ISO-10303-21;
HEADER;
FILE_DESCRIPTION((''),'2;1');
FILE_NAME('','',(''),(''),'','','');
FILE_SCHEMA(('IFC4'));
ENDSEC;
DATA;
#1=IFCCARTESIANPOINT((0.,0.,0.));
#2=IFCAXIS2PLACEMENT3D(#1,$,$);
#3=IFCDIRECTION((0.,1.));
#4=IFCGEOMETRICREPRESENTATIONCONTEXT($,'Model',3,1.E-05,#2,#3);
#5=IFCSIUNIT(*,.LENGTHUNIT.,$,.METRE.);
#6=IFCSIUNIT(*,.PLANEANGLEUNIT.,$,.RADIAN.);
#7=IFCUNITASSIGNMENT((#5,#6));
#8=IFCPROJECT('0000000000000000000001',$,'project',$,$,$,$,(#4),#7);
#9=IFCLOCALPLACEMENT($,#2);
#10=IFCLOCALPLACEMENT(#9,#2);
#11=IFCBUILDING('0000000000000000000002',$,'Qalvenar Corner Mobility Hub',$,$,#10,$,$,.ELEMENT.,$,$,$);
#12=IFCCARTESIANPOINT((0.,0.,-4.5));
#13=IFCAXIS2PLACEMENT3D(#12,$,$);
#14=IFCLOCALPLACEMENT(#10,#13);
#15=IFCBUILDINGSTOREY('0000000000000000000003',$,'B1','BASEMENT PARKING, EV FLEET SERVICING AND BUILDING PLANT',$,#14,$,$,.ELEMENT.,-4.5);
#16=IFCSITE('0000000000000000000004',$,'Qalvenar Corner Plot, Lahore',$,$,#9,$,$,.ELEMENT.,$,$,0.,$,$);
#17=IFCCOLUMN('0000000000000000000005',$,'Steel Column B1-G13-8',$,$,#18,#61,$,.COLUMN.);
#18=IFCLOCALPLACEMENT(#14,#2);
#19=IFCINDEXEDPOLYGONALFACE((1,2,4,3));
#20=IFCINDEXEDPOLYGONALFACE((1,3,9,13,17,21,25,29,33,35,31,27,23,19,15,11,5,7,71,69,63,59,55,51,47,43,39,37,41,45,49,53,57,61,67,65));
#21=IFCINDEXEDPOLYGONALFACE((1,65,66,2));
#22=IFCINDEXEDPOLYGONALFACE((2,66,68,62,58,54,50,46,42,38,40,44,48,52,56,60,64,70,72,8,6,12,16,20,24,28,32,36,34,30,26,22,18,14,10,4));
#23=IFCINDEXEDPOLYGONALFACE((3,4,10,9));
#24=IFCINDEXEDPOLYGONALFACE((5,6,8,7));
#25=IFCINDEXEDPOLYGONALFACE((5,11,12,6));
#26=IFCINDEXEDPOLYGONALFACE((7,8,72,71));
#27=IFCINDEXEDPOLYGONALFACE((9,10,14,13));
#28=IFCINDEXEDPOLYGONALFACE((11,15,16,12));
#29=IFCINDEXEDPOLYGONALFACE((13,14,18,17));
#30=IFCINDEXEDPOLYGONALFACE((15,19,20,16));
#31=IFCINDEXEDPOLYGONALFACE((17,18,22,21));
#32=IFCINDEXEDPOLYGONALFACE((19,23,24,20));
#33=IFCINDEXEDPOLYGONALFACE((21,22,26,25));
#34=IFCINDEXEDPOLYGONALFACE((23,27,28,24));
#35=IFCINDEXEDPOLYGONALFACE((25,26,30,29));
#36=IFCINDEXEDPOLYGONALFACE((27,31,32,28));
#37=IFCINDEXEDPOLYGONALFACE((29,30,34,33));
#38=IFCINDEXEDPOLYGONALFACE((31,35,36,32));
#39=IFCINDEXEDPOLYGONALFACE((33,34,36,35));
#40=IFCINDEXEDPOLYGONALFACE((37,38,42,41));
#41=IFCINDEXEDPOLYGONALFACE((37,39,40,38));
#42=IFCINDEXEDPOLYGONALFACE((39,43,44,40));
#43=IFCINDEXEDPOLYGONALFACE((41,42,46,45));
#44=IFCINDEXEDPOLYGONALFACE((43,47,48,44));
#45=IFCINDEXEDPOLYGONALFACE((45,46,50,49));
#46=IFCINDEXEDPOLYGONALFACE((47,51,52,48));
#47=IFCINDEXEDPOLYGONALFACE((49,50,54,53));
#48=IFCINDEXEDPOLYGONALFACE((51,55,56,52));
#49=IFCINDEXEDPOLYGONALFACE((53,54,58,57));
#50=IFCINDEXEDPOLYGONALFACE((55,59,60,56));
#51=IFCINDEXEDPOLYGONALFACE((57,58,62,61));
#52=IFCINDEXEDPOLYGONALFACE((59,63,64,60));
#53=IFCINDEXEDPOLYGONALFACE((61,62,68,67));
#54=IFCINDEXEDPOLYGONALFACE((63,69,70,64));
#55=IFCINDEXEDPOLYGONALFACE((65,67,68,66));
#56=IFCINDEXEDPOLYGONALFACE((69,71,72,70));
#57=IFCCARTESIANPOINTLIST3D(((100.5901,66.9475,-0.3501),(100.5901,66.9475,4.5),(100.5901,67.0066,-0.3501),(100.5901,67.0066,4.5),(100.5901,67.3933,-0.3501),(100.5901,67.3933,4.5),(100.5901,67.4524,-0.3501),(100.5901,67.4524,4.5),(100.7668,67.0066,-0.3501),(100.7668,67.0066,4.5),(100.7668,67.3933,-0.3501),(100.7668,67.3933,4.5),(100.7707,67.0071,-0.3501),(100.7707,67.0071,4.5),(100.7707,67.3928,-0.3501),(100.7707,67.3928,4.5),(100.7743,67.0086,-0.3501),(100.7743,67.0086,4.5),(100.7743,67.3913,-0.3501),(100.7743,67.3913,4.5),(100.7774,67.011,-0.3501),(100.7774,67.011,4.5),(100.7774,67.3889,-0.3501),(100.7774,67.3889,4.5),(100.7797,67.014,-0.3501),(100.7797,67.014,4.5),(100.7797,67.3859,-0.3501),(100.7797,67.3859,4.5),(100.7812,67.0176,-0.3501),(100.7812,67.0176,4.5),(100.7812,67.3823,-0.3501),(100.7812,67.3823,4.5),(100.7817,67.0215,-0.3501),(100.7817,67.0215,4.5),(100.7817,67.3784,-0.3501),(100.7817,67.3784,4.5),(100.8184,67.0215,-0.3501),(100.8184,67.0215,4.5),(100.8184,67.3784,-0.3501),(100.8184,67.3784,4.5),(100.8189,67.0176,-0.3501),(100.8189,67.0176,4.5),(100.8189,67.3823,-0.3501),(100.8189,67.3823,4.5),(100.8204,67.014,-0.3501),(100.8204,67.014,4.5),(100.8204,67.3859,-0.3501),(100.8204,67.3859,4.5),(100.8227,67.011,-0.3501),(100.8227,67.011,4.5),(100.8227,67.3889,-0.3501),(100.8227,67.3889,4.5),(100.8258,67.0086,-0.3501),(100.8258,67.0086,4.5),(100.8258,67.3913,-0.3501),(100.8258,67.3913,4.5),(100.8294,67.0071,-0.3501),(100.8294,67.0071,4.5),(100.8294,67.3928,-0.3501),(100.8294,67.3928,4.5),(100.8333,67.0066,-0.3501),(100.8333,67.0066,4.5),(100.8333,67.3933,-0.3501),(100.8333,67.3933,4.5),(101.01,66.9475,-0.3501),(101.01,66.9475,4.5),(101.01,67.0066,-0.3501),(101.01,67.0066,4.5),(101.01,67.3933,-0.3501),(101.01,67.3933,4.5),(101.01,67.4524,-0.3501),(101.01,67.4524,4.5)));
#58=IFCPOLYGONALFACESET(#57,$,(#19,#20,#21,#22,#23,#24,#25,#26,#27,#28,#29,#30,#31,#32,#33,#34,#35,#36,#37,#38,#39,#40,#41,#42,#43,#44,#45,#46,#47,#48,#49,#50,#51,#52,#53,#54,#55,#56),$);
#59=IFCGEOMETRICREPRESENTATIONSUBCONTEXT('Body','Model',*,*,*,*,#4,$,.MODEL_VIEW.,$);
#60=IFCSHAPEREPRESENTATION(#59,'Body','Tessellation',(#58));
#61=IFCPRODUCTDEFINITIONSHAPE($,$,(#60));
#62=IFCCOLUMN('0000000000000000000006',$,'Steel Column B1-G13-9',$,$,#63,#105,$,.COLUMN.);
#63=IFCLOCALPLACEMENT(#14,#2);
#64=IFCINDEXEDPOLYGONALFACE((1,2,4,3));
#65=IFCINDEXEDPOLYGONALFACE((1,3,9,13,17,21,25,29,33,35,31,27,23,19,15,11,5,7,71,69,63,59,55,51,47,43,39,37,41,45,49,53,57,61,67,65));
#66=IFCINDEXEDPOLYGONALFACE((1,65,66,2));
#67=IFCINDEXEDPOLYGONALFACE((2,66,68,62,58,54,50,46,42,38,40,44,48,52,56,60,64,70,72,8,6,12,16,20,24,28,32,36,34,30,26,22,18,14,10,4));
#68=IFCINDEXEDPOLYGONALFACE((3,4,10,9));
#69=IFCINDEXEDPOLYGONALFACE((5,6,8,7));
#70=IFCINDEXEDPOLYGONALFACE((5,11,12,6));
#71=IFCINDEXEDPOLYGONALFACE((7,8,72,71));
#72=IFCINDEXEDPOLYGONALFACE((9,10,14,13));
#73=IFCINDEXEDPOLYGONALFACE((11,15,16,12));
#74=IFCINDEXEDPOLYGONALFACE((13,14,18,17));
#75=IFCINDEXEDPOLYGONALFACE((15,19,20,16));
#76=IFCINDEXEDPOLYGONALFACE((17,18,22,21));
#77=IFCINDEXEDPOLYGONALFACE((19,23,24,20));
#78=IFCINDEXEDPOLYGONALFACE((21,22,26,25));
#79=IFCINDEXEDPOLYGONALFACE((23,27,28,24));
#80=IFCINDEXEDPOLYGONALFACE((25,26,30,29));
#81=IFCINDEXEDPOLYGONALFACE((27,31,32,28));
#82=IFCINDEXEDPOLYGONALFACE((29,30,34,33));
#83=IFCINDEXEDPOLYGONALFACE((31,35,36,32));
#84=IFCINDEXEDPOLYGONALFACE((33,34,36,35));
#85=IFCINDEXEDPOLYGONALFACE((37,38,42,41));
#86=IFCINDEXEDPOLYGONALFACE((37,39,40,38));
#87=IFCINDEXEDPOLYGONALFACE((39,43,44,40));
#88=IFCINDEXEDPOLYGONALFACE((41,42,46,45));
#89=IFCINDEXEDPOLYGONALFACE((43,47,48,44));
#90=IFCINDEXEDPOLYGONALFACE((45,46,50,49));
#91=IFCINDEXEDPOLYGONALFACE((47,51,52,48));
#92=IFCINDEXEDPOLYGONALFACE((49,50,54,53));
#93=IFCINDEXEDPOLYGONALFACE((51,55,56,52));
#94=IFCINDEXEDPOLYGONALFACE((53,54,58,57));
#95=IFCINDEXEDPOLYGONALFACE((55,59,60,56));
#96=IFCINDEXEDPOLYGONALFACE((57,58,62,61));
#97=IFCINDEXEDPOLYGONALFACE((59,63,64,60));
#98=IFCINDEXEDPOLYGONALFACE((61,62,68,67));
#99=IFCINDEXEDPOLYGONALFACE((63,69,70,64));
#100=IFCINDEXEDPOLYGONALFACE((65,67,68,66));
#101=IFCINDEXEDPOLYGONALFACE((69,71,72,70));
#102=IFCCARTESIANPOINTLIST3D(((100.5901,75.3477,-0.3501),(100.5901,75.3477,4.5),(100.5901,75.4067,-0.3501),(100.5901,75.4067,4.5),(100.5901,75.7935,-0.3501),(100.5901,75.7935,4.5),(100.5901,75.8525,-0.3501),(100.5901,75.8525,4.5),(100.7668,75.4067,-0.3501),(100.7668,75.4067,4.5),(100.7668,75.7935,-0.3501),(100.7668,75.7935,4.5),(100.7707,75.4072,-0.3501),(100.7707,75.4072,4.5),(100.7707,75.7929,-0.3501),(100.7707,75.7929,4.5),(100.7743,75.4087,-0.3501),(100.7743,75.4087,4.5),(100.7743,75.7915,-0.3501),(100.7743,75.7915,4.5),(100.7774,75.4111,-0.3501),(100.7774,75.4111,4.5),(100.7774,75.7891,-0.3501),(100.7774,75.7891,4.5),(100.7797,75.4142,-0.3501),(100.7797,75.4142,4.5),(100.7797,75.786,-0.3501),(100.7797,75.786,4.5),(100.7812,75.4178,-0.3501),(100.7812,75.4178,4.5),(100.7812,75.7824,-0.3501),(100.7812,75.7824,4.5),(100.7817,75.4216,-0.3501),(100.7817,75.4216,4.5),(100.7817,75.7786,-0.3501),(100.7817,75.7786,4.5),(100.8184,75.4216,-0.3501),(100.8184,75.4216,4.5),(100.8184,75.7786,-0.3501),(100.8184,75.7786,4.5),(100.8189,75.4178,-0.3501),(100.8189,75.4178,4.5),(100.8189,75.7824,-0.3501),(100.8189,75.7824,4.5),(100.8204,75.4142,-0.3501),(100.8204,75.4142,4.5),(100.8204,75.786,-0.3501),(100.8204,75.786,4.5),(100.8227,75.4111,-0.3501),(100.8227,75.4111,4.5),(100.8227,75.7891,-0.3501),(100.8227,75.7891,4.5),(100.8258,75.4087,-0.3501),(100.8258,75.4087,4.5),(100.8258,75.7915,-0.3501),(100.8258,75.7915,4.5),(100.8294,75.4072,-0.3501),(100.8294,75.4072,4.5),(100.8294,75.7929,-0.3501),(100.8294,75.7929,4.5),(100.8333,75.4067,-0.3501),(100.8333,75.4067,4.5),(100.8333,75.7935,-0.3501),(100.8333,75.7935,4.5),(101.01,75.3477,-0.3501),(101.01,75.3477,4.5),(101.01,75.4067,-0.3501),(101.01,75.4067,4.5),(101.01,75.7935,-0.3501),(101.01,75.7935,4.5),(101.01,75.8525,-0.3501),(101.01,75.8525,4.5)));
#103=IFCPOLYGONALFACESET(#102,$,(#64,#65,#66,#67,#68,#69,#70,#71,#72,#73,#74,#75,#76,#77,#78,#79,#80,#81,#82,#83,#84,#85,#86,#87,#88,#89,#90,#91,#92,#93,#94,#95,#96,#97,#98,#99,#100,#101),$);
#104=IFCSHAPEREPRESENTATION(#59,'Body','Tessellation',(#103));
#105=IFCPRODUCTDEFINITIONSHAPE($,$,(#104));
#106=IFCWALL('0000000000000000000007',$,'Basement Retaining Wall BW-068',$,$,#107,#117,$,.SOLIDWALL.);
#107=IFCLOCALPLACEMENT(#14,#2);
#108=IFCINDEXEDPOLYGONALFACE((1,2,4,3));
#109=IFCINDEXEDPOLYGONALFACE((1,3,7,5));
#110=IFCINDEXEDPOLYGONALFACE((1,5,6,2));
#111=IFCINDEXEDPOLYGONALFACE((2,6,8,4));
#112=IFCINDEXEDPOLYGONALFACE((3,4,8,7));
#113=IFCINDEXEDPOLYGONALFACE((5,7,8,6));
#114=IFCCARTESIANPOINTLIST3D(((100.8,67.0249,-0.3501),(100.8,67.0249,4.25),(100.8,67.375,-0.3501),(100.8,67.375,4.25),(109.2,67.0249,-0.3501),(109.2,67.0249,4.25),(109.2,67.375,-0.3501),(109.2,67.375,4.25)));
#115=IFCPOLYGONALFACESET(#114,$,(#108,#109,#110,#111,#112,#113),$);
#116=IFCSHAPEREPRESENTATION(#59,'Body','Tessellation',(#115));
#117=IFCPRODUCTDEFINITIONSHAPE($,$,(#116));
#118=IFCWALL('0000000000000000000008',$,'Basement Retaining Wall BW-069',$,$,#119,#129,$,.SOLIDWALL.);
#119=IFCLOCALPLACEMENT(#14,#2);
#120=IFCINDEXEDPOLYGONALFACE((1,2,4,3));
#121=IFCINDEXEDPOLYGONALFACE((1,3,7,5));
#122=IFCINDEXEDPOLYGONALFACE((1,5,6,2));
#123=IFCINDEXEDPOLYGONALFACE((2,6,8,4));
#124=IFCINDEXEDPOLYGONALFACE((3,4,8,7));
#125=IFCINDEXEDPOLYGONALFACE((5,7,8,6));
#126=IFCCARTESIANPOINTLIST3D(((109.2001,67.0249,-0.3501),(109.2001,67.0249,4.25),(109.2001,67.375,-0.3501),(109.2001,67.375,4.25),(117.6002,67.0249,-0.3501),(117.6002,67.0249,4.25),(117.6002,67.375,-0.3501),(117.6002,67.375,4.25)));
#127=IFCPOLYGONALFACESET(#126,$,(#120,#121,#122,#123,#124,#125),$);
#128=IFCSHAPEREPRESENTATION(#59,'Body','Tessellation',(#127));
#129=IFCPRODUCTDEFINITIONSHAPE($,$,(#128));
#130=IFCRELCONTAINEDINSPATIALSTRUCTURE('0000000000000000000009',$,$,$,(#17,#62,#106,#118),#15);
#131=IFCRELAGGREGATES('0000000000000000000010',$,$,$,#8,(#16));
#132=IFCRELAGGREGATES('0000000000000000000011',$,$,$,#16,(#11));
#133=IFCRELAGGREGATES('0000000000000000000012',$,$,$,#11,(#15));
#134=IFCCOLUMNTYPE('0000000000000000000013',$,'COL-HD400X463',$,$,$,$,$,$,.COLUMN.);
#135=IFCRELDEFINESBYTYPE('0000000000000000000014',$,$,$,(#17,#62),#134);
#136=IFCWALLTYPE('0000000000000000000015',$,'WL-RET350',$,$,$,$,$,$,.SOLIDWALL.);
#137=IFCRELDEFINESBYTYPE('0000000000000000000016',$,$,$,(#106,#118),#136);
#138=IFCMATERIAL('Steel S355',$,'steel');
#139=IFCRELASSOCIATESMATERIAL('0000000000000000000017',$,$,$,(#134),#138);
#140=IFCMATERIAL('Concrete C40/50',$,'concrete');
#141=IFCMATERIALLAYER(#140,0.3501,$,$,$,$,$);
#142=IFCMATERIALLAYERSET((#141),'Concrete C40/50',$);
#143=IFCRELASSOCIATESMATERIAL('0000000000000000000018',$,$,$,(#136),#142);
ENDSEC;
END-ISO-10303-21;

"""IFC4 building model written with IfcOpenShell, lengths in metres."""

from ifc_helpers import new_model, si_unit, direction, frame, frame_2d, origin, origin_2d, place, context, subcontext, project, spatial, rectangle, i_section, extrude, material, layer, layer_set, material_profile, profile_set, type_object, element, save


model = new_model("IFC4")

# Units and contexts
model_context = context("Model", 3, precision=1e-05, world=origin(), true_north=direction((0.0, 1.0)))
body_context = subcontext(model_context, "Body", "Model", "MODEL_VIEW")
ifc_project = project(units=[si_unit("LENGTHUNIT", "METRE"), si_unit("PLANEANGLEUNIT", "RADIAN")], contexts=[model_context])

# Site, building, storey
site_placement = place(None, origin())
site = spatial("IfcSite", under=ifc_project, at=site_placement, Name="Qalvenar Corner Plot, Lahore", CompositionType="ELEMENT", RefElevation=0.0)
building_placement = place(site_placement, origin())
building = spatial("IfcBuilding", under=site, at=building_placement, Name="Qalvenar Corner Mobility Hub", CompositionType="ELEMENT")
storey_placement = place(building_placement, frame((0.0, 0.0, -4.5)))
storey = spatial("IfcBuildingStorey", under=building, at=storey_placement, Name="B1", Description="BASEMENT PARKING, EV FLEET SERVICING AND BUILDING PLANT", CompositionType="ELEMENT", Elevation=-4.5)

# Shared definitions
ifc_material_1 = material(Name="Concrete C40/50", Category="concrete")

# Columns
ifc_material_2 = material(Name="Steel S355", Category="steel")
ifc_material_profile_1 = material_profile(ifc_material_2, i_section(OverallWidth=0.4199, OverallDepth=0.5049, WebThickness=0.0366, FlangeThickness=0.0591, FilletRadius=0.0149, at=origin_2d()), Name="HD400x551")
ifc_profile_set_1 = profile_set([ifc_material_profile_1], Name="Steel S355")
column_type_1 = type_object("IfcColumnType", Name="COL-HD400X463", PredefinedType="COLUMN", material=ifc_profile_set_1)
for number, where, z_axis, x_axis, name in (
    (1, (100.8, 67.2, -0.3501), (0.0, 0.0, 1.0), (1.0, 0.0, 0.0), "Steel Column B1-G13-8"),
    (2, (100.8, 75.6001, -0.3501), (0.0, 0.0, 1.0), (1.0, 0.0, 0.0), "Steel Column B1-G13-9"),
):
    element("IfcColumn", number, at=place(storey_placement, frame(where, z_axis=z_axis, x_axis=x_axis)), inside=storey, type_object=column_type_1, Name=name, PredefinedType="COLUMN", context=body_context, shape_type="SweptSolid", body=[
        extrude(i_section(OverallWidth=0.4199, OverallDepth=0.5049, WebThickness=0.0366, FlangeThickness=0.0591, FilletRadius=0.0149, at=origin_2d()), origin(), (0.0, 0.0, 1.0), 4.8501),
    ])

# Walls
ifc_layer = layer(ifc_material_1, 0.3501)
ifc_layer_set = layer_set([ifc_layer], Name="Concrete C40/50")
wall_type = type_object("IfcWallType", Name="WL-RET350", PredefinedType="SOLIDWALL", material=ifc_layer_set)
wall_1_placement = place(storey_placement, frame((100.8, 67.2, -0.3501), z_axis=(0.0, 0.0, 1.0), x_axis=(1.0, 0.0, 0.0)))
element("IfcWall", 3, at=wall_1_placement, inside=storey, type_object=wall_type, Name="Basement Retaining Wall BW-068", PredefinedType="SOLIDWALL", context=body_context, shape_type="SweptSolid", body=[
    extrude(rectangle(XDim=8.3999, YDim=0.3501, at=frame_2d((4.2, 0.0))), origin(), (0.0, 0.0, 1.0), 4.6001),
])
wall_2_placement = place(storey_placement, frame((109.2, 67.2, -0.3501), z_axis=(0.0, 0.0, 1.0), x_axis=(1.0, 0.0, 0.0)))
element("IfcWall", 4, at=wall_2_placement, inside=storey, type_object=wall_type, Name="Basement Retaining Wall BW-069", PredefinedType="SOLIDWALL", context=body_context, shape_type="SweptSolid", body=[
    extrude(rectangle(XDim=8.4001, YDim=0.3501, at=frame_2d((4.2002, 0.0))), origin(), (0.0, 0.0, 1.0), 4.6001),
])

save(model, "model.ifc")
